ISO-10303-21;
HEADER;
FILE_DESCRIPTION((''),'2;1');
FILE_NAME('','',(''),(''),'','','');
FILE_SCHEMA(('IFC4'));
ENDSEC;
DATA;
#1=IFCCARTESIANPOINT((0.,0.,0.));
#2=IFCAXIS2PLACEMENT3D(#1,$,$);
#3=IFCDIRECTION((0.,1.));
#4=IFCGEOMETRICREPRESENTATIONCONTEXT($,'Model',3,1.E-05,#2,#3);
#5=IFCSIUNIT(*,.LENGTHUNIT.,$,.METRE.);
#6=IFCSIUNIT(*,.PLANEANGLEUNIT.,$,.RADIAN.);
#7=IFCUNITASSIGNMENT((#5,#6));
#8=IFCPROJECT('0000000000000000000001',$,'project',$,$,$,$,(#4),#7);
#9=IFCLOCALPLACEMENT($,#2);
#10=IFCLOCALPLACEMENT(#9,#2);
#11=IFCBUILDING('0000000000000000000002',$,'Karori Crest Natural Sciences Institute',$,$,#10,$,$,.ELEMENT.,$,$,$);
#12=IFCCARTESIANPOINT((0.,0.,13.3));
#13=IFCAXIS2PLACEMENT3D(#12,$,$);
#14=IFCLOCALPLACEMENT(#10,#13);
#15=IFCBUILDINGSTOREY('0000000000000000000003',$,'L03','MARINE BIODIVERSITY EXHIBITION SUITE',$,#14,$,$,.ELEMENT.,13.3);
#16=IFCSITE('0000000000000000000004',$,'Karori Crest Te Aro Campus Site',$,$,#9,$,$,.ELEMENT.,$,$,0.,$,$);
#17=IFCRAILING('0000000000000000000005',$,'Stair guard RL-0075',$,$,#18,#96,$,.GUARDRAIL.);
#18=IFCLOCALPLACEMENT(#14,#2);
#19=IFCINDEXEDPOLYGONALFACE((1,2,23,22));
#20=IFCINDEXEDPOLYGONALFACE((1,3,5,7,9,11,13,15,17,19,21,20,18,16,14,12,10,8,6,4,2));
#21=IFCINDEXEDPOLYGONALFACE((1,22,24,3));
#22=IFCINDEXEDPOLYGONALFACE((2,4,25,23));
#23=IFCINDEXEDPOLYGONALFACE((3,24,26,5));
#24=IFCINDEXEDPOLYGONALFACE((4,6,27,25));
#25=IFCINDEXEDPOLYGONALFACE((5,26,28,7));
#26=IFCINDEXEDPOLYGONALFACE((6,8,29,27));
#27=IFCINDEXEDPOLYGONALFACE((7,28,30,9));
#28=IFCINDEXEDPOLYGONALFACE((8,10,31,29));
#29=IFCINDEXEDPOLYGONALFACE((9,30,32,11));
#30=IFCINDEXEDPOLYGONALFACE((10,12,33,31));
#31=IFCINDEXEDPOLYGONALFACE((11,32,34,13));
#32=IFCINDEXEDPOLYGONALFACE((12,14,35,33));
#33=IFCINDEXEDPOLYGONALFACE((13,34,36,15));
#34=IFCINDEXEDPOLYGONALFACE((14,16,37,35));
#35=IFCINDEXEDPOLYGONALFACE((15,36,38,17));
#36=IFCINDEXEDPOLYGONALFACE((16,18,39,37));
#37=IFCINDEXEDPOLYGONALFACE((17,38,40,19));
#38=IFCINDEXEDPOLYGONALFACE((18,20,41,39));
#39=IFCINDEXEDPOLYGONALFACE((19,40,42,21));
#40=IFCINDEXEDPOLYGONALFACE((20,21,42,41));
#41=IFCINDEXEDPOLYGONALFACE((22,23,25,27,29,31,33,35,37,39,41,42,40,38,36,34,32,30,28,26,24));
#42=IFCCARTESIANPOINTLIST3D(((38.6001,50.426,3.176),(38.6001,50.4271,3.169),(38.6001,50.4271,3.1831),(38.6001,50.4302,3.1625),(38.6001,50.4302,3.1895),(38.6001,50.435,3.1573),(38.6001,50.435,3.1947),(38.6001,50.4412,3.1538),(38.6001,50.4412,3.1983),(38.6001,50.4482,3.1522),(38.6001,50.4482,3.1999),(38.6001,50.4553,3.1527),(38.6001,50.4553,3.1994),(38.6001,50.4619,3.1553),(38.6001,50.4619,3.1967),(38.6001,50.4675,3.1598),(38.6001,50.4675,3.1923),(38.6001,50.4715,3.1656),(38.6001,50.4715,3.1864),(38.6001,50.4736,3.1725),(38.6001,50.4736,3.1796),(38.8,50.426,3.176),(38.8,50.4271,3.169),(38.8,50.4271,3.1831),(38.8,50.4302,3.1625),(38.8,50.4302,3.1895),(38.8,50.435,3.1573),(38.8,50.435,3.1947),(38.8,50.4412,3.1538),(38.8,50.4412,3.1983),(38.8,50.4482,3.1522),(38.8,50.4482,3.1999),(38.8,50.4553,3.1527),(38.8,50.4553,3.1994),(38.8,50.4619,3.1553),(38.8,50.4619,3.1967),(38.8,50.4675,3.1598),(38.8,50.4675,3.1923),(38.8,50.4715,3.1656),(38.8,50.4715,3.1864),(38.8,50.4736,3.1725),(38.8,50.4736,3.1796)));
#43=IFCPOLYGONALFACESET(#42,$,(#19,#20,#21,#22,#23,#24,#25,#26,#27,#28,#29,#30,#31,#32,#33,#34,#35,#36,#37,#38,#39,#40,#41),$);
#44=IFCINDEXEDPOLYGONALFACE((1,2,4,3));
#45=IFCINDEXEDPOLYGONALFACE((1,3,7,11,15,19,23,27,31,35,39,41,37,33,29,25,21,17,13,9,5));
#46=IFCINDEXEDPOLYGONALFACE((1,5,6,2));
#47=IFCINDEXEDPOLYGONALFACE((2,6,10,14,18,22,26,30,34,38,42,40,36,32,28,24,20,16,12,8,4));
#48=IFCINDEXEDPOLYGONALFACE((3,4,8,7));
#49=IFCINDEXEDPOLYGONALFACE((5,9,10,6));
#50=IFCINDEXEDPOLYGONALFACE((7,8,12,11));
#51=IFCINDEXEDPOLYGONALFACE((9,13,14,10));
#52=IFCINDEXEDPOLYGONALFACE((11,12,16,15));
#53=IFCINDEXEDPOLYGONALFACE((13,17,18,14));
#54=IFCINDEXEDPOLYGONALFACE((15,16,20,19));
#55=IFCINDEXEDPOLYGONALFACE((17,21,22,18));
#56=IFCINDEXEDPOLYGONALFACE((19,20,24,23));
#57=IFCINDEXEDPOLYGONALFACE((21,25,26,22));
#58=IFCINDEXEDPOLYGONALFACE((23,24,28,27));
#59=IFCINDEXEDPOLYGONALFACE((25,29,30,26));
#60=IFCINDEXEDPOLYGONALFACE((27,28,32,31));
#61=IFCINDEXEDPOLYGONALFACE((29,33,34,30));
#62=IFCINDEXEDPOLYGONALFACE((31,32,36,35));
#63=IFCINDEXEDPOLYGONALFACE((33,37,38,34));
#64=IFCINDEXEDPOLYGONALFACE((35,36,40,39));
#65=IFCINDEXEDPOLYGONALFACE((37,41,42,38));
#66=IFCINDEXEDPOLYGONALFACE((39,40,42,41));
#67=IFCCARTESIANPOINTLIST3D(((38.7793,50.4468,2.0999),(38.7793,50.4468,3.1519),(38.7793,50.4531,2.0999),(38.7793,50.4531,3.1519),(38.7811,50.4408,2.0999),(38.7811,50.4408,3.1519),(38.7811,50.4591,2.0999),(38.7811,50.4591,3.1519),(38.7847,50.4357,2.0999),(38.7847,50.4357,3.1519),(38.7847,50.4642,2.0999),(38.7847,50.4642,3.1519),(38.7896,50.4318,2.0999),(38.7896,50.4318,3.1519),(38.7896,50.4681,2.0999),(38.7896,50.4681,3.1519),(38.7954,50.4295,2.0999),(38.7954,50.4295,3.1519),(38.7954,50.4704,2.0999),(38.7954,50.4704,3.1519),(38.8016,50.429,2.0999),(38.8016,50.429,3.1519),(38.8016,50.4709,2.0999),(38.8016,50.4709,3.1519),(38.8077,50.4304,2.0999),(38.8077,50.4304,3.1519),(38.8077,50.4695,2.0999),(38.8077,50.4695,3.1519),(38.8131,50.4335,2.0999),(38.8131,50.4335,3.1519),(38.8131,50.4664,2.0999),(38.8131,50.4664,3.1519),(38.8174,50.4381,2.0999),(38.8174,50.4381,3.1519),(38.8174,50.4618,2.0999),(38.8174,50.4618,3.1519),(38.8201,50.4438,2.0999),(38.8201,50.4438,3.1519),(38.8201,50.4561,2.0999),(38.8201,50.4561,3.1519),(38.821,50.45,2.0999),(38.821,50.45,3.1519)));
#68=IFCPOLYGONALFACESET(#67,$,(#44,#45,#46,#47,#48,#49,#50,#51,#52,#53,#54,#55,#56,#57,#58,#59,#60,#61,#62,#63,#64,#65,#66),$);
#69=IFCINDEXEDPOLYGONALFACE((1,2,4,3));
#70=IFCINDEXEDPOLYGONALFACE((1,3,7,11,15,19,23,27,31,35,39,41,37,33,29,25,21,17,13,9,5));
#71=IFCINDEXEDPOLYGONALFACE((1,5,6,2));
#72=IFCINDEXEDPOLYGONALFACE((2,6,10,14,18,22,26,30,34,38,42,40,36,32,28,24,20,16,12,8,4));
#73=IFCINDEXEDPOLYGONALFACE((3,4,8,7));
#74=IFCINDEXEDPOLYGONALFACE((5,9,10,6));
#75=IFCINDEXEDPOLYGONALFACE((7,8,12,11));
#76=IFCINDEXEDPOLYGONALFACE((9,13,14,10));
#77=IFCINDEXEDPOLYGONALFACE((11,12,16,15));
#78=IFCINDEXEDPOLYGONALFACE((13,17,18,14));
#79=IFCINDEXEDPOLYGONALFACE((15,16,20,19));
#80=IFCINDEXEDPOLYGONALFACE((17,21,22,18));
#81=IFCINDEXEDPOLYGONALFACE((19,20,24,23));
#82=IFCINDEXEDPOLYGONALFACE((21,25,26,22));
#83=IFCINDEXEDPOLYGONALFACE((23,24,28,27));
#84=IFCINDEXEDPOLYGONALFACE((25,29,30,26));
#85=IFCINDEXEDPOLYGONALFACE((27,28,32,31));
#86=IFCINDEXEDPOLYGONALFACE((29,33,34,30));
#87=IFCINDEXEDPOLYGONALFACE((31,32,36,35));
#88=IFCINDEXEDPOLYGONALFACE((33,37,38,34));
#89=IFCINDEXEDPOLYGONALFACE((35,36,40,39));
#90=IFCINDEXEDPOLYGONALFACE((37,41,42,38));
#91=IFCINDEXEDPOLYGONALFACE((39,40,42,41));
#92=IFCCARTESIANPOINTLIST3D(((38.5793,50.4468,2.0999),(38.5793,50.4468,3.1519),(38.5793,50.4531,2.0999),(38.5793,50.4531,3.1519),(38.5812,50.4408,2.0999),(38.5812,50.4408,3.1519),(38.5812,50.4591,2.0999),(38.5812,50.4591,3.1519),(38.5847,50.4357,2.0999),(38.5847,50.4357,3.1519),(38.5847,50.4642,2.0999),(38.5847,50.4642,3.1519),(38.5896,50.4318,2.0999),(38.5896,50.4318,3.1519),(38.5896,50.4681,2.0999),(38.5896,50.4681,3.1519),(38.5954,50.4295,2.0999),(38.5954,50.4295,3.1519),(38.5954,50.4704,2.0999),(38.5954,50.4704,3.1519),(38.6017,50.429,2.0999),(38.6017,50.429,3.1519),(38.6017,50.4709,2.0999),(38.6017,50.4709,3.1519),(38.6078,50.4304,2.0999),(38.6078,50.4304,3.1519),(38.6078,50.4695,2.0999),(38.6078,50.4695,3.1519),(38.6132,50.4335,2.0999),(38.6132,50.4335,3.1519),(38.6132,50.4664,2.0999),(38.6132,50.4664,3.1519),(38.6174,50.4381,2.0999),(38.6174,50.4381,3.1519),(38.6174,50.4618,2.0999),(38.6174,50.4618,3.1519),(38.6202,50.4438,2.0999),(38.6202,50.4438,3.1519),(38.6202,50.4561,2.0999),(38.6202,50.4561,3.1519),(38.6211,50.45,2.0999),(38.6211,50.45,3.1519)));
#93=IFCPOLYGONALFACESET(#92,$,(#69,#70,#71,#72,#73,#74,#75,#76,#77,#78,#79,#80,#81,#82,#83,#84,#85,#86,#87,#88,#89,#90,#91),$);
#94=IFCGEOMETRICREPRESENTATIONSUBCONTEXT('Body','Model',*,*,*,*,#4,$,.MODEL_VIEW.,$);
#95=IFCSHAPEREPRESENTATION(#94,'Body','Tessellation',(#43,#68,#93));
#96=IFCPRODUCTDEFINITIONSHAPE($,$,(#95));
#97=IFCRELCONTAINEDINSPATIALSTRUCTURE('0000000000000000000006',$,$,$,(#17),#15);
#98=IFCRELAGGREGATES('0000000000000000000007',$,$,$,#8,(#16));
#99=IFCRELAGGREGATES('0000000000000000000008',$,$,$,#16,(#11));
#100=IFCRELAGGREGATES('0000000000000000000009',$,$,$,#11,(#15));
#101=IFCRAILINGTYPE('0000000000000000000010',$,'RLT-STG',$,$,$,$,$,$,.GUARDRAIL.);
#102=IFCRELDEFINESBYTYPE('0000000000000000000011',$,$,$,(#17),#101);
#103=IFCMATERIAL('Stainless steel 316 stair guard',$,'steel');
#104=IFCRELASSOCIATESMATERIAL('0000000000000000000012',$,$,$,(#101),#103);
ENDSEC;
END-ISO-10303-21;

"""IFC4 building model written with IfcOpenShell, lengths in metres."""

from ifc_helpers import new_model, si_unit, direction, frame, origin, origin_2d, place, context, subcontext, project, spatial, circle, extrude, material, type_object, element, save


model = new_model("IFC4")

# Units and contexts
model_context = context("Model", 3, precision=1e-05, world=origin(), true_north=direction((0.0, 1.0)))
body_context = subcontext(model_context, "Body", "Model", "MODEL_VIEW")
ifc_project = project(units=[si_unit("LENGTHUNIT", "METRE"), si_unit("PLANEANGLEUNIT", "RADIAN")], contexts=[model_context])

# Site, building, storey
site_placement = place(None, origin())
site = spatial("IfcSite", under=ifc_project, at=site_placement, Name="Karori Crest Te Aro Campus Site", CompositionType="ELEMENT", RefElevation=0.0)
building_placement = place(site_placement, origin())
building = spatial("IfcBuilding", under=site, at=building_placement, Name="Karori Crest Natural Sciences Institute", CompositionType="ELEMENT")
storey_placement = place(building_placement, frame((0.0, 0.0, 13.3)))
storey = spatial("IfcBuildingStorey", under=building, at=storey_placement, Name="L03", Description="MARINE BIODIVERSITY EXHIBITION SUITE", CompositionType="ELEMENT", Elevation=13.3)

# Railing
ifc_material_1 = material(Name="Stainless steel 316 stair guard", Category="steel")
railing_type_1 = type_object("IfcRailingType", Name="RLT-STG", PredefinedType="GUARDRAIL", material=ifc_material_1)
railing_1_placement = place(storey_placement, frame((38.8, 50.45, 2.0999)))
element("IfcRailing", 1, at=railing_1_placement, inside=storey, type_object=railing_type_1, Name="Stair guard RL-0075", PredefinedType="GUARDRAIL", context=body_context, shape_type="SweptSolid", body=[
    extrude(circle(Radius=0.0239, at=origin_2d()), frame((0.0, 0.0, 1.0762), z_axis=(-1.0, 0.0, 0.0), x_axis=(0.0, -1.0, 0.0)), (0.0, 0.0, 1.0), 0.2),
    extrude(circle(Radius=0.021, at=origin_2d()), origin(), (0.0, 0.0, 1.0), 1.052),
    extrude(circle(Radius=0.021, at=origin_2d()), frame((-0.2, 0.0, 0.0)), (0.0, 0.0, 1.0), 1.052),
])

save(model, "model.ifc")
